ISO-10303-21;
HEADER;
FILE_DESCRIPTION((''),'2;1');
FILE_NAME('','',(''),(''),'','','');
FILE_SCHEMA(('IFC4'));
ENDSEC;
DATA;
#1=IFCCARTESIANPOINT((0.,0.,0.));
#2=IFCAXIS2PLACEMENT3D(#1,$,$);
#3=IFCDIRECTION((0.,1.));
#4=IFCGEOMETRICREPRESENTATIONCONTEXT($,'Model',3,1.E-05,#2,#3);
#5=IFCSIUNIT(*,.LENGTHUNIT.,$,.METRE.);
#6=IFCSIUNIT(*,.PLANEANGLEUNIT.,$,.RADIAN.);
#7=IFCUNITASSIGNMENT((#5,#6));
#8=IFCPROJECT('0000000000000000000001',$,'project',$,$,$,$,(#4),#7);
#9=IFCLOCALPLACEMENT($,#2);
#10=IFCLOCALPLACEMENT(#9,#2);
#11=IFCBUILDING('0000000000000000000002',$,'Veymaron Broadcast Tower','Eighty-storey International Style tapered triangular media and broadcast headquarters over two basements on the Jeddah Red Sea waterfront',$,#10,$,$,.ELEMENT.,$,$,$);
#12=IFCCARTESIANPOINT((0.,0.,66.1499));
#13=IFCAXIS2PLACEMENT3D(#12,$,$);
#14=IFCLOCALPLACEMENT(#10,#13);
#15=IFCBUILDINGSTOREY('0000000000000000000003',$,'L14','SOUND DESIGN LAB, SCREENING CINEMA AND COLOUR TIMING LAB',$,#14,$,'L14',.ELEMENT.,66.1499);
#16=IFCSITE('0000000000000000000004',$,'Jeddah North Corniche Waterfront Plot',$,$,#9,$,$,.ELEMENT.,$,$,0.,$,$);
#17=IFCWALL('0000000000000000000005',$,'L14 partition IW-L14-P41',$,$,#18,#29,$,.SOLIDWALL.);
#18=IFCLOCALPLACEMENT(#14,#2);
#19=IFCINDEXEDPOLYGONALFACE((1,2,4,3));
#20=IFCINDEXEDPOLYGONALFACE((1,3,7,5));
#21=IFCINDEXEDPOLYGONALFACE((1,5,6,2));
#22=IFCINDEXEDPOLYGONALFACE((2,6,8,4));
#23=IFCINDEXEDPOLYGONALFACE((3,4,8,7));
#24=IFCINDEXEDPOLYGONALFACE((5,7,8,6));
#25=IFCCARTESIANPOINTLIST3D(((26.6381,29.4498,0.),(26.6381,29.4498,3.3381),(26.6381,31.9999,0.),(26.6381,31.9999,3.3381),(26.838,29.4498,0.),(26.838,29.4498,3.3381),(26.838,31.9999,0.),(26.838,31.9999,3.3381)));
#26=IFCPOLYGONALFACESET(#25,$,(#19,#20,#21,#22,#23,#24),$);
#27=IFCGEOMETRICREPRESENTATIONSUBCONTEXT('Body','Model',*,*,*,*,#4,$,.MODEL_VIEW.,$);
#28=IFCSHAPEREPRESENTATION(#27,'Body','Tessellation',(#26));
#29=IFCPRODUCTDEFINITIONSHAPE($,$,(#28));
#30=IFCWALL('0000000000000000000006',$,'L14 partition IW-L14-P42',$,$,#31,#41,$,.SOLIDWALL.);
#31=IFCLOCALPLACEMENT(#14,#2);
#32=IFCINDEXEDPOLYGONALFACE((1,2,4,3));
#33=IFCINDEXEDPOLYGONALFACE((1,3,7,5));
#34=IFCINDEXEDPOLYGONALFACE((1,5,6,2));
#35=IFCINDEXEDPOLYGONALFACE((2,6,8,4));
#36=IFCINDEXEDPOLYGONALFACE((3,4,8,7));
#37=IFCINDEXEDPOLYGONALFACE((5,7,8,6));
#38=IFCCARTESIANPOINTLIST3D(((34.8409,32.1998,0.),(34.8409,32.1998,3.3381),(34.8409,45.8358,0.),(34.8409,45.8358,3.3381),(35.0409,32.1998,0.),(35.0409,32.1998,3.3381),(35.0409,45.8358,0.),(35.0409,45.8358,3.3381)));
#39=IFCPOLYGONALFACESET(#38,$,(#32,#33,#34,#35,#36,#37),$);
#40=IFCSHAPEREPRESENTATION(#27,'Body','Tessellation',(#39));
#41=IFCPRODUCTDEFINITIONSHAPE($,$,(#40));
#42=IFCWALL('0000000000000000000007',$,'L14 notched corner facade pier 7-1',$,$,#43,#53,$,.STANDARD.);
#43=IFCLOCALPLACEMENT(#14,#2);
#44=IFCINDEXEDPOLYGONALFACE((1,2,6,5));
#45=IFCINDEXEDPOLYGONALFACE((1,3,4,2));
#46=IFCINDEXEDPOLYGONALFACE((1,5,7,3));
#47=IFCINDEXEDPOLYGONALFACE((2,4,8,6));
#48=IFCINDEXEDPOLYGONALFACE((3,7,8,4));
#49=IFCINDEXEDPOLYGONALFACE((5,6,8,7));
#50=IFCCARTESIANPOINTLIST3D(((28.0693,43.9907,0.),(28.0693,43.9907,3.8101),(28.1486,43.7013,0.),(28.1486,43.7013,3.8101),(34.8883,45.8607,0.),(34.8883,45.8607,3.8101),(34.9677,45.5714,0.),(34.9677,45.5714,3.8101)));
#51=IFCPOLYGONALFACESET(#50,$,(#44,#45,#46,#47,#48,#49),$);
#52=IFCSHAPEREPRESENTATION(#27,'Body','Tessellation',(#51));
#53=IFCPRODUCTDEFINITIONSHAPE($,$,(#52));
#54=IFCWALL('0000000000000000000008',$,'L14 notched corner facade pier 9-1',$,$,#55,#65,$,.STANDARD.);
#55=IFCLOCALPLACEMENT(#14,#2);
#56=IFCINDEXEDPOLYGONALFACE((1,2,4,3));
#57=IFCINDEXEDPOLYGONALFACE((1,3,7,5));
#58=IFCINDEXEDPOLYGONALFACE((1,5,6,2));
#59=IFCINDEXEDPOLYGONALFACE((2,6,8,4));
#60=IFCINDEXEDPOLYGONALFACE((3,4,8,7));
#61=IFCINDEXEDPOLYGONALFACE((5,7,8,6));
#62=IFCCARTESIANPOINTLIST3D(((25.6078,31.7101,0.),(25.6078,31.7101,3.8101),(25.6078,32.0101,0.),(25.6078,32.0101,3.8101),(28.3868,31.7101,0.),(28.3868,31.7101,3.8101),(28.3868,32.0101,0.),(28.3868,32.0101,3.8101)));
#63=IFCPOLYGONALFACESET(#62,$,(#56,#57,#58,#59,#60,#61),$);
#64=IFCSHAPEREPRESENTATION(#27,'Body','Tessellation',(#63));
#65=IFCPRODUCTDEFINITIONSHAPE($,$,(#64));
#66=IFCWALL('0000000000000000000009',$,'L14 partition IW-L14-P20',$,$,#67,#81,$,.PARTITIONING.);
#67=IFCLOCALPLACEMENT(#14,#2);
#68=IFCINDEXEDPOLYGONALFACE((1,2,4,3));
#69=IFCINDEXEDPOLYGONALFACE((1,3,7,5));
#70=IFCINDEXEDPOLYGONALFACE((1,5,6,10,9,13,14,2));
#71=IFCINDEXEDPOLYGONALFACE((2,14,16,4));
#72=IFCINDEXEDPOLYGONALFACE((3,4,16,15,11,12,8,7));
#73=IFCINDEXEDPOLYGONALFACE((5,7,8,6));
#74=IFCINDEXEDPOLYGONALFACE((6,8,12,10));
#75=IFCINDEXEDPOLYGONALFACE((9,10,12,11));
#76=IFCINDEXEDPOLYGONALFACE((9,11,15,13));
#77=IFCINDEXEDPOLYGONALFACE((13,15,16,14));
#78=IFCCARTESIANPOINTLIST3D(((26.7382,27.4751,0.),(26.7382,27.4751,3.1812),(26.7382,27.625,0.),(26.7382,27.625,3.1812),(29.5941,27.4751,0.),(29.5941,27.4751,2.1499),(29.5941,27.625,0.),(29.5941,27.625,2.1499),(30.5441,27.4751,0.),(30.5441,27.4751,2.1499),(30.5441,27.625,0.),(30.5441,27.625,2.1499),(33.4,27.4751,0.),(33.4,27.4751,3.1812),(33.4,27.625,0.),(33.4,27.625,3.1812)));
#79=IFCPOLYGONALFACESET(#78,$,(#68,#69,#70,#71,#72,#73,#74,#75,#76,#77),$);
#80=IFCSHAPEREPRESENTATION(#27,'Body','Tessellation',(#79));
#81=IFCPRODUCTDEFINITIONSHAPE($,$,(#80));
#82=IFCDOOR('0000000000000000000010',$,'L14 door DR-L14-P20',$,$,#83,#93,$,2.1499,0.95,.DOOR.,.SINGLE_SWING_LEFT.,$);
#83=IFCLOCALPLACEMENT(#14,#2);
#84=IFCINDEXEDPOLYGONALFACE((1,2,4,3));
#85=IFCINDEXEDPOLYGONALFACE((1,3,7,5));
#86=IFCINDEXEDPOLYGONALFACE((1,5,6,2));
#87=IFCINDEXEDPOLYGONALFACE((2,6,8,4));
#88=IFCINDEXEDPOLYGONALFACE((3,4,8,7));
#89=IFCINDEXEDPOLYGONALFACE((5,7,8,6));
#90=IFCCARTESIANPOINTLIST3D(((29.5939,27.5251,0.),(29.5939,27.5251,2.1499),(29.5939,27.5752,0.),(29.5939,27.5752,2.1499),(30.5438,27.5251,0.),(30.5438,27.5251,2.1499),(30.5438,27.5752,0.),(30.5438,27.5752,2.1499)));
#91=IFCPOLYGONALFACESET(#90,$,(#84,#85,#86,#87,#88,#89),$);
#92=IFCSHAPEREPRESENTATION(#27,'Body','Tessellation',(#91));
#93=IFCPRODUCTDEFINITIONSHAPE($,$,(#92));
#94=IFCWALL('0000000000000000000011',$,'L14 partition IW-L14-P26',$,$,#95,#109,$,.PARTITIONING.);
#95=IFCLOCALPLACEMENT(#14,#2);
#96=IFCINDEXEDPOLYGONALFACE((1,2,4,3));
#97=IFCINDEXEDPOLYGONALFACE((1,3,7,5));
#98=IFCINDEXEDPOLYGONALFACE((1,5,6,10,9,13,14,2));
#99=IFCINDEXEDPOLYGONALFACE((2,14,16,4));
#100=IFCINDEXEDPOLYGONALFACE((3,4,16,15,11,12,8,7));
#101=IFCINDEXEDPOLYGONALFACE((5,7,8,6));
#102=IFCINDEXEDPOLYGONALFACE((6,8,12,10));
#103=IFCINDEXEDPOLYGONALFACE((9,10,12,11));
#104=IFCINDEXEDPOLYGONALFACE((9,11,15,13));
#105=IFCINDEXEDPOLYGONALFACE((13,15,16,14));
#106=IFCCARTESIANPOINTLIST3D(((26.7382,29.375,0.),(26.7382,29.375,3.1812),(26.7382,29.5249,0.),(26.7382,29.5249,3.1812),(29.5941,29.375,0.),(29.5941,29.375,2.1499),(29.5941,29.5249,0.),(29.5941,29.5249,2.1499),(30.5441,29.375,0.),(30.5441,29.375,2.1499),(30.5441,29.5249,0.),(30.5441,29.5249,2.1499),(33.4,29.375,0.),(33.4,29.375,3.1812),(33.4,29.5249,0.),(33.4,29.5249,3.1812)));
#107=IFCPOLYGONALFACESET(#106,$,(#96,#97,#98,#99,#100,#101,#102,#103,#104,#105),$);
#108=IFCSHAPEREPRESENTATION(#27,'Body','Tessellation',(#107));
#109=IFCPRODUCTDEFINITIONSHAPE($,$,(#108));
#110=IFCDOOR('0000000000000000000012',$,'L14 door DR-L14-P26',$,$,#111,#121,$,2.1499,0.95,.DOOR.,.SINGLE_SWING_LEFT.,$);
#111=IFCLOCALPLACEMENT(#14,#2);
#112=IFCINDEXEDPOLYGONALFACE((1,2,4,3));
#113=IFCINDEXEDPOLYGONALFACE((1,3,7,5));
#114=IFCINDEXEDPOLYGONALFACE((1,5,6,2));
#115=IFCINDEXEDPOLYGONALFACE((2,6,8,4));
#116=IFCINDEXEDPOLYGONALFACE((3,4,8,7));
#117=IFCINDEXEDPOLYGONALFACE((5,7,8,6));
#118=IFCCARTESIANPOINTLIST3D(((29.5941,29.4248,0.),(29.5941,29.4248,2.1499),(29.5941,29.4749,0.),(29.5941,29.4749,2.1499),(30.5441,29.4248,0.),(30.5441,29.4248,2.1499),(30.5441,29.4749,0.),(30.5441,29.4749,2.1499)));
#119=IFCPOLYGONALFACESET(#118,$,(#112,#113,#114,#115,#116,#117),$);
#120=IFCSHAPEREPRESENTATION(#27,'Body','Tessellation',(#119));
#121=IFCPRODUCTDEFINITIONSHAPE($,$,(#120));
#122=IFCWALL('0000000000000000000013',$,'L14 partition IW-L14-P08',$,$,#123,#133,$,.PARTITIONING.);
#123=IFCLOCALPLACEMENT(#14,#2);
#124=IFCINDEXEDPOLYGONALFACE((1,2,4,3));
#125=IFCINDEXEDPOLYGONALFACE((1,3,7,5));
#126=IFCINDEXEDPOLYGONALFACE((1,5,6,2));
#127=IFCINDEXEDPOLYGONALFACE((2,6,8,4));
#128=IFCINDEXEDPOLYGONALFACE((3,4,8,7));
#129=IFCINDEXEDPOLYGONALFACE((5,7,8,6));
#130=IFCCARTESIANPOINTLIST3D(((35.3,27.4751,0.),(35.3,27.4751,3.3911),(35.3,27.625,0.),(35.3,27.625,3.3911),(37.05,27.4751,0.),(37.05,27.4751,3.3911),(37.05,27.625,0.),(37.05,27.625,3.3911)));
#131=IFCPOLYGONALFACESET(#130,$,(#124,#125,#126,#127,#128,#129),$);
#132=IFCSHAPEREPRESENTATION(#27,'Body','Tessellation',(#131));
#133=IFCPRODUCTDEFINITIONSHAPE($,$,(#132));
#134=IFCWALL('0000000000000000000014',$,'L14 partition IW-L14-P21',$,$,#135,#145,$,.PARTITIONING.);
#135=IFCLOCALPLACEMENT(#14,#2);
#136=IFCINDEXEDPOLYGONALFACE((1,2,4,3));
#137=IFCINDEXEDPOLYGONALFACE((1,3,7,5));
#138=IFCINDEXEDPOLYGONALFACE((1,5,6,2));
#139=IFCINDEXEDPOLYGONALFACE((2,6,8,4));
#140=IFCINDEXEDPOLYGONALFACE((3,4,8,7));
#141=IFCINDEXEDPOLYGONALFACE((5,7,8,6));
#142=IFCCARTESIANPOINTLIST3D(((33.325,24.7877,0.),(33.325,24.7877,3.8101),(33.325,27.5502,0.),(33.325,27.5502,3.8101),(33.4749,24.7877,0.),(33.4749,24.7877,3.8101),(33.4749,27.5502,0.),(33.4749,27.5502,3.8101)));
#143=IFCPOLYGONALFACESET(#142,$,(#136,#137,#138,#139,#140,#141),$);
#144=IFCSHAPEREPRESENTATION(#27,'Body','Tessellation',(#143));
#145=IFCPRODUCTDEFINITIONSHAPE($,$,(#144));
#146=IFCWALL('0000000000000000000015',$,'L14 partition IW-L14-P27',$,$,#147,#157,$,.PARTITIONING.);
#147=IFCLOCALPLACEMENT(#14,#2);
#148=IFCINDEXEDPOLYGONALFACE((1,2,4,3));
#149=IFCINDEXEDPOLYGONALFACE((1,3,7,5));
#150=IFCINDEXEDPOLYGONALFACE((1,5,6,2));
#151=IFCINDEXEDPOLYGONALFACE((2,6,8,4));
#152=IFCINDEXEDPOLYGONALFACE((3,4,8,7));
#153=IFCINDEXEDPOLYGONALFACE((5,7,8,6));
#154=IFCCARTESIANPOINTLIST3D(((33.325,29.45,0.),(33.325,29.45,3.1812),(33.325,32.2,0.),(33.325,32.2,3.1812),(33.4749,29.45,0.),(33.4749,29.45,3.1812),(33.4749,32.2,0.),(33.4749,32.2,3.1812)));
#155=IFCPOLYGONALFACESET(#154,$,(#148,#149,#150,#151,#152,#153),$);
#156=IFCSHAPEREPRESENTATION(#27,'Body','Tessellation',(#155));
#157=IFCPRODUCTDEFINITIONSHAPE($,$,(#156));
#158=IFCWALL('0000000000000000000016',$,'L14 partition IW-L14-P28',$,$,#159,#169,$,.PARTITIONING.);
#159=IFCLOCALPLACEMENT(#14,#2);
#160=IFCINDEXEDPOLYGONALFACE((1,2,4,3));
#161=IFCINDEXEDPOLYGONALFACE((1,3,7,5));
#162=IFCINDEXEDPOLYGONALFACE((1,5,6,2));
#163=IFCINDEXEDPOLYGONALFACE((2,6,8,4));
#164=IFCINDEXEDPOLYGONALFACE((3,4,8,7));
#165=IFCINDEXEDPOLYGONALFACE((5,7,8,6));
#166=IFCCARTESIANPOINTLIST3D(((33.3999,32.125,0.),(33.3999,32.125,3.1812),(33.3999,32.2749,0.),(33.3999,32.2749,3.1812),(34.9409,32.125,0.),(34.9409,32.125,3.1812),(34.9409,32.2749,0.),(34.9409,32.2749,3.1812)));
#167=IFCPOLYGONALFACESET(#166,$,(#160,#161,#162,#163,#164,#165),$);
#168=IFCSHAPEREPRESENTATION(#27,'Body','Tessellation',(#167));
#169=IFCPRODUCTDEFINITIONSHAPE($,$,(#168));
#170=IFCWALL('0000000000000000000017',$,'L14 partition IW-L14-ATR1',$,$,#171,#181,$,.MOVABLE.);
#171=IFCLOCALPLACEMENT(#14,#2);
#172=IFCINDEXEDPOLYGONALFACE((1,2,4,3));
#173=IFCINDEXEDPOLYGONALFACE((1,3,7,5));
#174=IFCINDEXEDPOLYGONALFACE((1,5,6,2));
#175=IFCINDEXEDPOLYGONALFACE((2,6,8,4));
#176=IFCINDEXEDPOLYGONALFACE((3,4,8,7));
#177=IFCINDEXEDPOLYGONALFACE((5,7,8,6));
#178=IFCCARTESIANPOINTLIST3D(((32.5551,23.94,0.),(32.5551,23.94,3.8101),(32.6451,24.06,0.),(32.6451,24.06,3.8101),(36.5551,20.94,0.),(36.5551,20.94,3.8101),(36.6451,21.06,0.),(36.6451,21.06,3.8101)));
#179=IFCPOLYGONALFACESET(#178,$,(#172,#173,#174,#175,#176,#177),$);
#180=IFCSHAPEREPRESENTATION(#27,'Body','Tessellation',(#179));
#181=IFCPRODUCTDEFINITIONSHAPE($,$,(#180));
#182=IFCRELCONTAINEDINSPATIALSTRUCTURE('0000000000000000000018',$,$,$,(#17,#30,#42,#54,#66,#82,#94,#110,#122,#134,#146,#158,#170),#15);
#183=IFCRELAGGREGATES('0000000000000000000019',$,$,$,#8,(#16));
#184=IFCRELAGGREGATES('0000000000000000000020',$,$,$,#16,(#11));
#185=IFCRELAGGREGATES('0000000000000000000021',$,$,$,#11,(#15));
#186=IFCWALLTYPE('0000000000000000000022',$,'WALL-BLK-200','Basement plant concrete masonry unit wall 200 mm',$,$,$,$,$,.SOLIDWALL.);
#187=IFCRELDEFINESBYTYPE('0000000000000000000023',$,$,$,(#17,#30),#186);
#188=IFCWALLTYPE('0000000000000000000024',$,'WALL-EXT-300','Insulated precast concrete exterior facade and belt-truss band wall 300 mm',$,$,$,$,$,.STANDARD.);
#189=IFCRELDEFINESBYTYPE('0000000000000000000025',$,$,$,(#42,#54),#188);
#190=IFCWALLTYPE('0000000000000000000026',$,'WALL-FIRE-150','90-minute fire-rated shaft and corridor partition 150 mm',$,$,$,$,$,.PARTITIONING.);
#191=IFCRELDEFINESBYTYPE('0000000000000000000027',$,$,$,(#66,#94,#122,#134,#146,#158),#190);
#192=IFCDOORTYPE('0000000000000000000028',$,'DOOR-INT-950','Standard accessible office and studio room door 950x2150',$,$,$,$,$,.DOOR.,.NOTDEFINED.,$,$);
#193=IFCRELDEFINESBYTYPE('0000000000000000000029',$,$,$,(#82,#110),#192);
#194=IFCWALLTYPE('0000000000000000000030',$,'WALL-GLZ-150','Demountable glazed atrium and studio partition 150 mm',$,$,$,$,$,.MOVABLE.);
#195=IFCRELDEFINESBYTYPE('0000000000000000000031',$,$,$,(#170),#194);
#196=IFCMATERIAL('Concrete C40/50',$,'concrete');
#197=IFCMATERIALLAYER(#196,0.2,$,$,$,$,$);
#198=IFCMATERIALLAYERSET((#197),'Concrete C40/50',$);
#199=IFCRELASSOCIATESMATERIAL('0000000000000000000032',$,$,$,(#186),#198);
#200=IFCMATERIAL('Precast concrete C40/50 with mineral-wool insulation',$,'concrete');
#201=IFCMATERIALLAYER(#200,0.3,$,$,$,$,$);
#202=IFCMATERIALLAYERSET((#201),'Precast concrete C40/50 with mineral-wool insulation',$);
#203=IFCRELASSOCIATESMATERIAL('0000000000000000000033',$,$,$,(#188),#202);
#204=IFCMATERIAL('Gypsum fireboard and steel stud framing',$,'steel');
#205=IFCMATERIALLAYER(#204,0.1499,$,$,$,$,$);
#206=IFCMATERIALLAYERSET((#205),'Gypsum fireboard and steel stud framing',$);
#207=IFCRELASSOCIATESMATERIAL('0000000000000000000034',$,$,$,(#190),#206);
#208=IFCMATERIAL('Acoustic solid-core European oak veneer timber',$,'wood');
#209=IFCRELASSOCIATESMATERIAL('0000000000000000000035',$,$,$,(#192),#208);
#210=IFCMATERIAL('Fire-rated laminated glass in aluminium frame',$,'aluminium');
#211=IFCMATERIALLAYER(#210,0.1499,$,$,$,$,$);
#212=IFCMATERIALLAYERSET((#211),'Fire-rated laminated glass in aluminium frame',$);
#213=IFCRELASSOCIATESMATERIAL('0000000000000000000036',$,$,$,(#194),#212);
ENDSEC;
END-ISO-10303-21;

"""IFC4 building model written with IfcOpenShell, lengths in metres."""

from ifc_helpers import new_model, si_unit, direction, frame, frame_2d, origin, place, context, subcontext, project, spatial, rectangle, extrude, material, layer, layer_set, type_object, element, fill, save


model = new_model("IFC4")

# Units and contexts
model_context = context("Model", 3, precision=1e-05, world=origin(), true_north=direction((0.0, 1.0)))
body_context = subcontext(model_context, "Body", "Model", "MODEL_VIEW")
ifc_project = project(units=[si_unit("LENGTHUNIT", "METRE"), si_unit("PLANEANGLEUNIT", "RADIAN")], contexts=[model_context])

# Site, building, storey
site_placement = place(None, origin())
site = spatial("IfcSite", under=ifc_project, at=site_placement, Name="Jeddah North Corniche Waterfront Plot", CompositionType="ELEMENT", RefElevation=0.0)
building_placement = place(site_placement, origin())
building = spatial("IfcBuilding", under=site, at=building_placement, Name="Veymaron Broadcast Tower", Description="Eighty-storey International Style tapered triangular media and broadcast headquarters over two basements on the Jeddah Red Sea waterfront", CompositionType="ELEMENT")
storey_placement = place(building_placement, frame((0.0, 0.0, 66.1499)))
storey = spatial("IfcBuildingStorey", under=building, at=storey_placement, Name="L14", Description="SOUND DESIGN LAB, SCREENING CINEMA AND COLOUR TIMING LAB", LongName="L14", CompositionType="ELEMENT", Elevation=66.1499)

# Walls
ifc_material_1 = material(Name="Concrete C40/50", Category="concrete")
ifc_layer_1 = layer(ifc_material_1, 0.2)
ifc_layer_set_1 = layer_set([ifc_layer_1], Name="Concrete C40/50")
wall_type_1 = type_object("IfcWallType", Name="WALL-BLK-200", Description="Basement plant concrete masonry unit wall 200 mm", PredefinedType="SOLIDWALL", material=ifc_layer_set_1)
wall_1_placement = place(storey_placement, frame((26.738, 29.45, 0.0), z_axis=(0.0, 0.0, 1.0), x_axis=(0.0, 1.0, 0.0)))
element("IfcWall", 1, at=wall_1_placement, inside=storey, type_object=wall_type_1, Name="L14 partition IW-L14-P41", PredefinedType="SOLIDWALL", context=body_context, shape_type="SweptSolid", body=[
    extrude(rectangle(XDim=2.55, YDim=0.2, at=frame_2d((1.2749, 0.0))), origin(), (0.0, 0.0, 1.0), 3.3381),
])
wall_2_placement = place(storey_placement, frame((34.9409, 32.2, 0.0), z_axis=(0.0, 0.0, 1.0), x_axis=(0.0, 1.0, 0.0)))
element("IfcWall", 2, at=wall_2_placement, inside=storey, type_object=wall_type_1, Name="L14 partition IW-L14-P42", PredefinedType="SOLIDWALL", context=body_context, shape_type="SweptSolid", body=[
    extrude(rectangle(XDim=13.636, YDim=0.2, at=frame_2d((6.8179, 0.0))), origin(), (0.0, 0.0, 1.0), 3.3381),
])
ifc_material_2 = material(Name="Precast concrete C40/50 with mineral-wool insulation", Category="concrete")
ifc_layer_2 = layer(ifc_material_2, 0.3)
ifc_layer_set_2 = layer_set([ifc_layer_2], Name="Precast concrete C40/50 with mineral-wool insulation")
wall_type_2 = type_object("IfcWallType", Name="WALL-EXT-300", Description="Insulated precast concrete exterior facade and belt-truss band wall 300 mm", PredefinedType="STANDARD", material=ifc_layer_set_2)
wall_3_placement = place(storey_placement, frame((34.928, 45.7161, 0.0), z_axis=(0.0, 0.0, 1.0), x_axis=(-0.964391, -0.264482, 0.0)))
element("IfcWall", 3, at=wall_3_placement, inside=storey, type_object=wall_type_2, Name="L14 notched corner facade pier 7-1", PredefinedType="STANDARD", context=body_context, shape_type="SweptSolid", body=[
    extrude(rectangle(XDim=7.0708, YDim=0.3, at=frame_2d((3.5354, 0.0))), origin(), (0.0, 0.0, 1.0), 3.8101),
])
wall_4_placement = place(storey_placement, frame((28.387, 31.8601, 0.0), z_axis=(0.0, 0.0, 1.0), x_axis=(-1.0, 0.0, 0.0)))
element("IfcWall", 4, at=wall_4_placement, inside=storey, type_object=wall_type_2, Name="L14 notched corner facade pier 9-1", PredefinedType="STANDARD", context=body_context, shape_type="SweptSolid", body=[
    extrude(rectangle(XDim=2.7791, YDim=0.3, at=frame_2d((1.3896, 0.0))), origin(), (0.0, 0.0, 1.0), 3.8101),
])

# Walls, openings, doors
ifc_material_3 = material(Name="Gypsum fireboard and steel stud framing", Category="steel")
ifc_layer_3 = layer(ifc_material_3, 0.1499)
ifc_layer_set_3 = layer_set([ifc_layer_3], Name="Gypsum fireboard and steel stud framing")
wall_type_3 = type_object("IfcWallType", Name="WALL-FIRE-150", Description="90-minute fire-rated shaft and corridor partition 150 mm", PredefinedType="PARTITIONING", material=ifc_layer_set_3)
wall_5_placement = place(storey_placement, frame((26.738, 27.55, 0.0), z_axis=(0.0, 0.0, 1.0), x_axis=(1.0, 0.0, 0.0)))
wall_5 = element("IfcWall", 5, at=wall_5_placement, inside=storey, type_object=wall_type_3, Name="L14 partition IW-L14-P20", PredefinedType="PARTITIONING", context=body_context, shape_type="SweptSolid", body=[
    extrude(rectangle(XDim=6.6619, YDim=0.1499, at=frame_2d((3.3311, 0.0))), origin(), (0.0, 0.0, 1.0), 3.1812),
])
opening_1_placement = place(wall_5_placement, frame((2.856, 0.0, 0.0)))
opening_1 = element("IfcOpeningElement", 6, at=opening_1_placement, cuts=wall_5, PredefinedType="OPENING", context=body_context, shape_type="SweptSolid", body=[
    extrude(rectangle(XDim=0.95, YDim=2.1499, at=frame_2d((0.4751, 1.075))), frame((0.0, 0.085, 0.0), z_axis=(0.0, -1.0, 0.0), x_axis=(1.0, 0.0, 0.0)), (0.0, 0.0, 1.0), 0.1699),
])
ifc_material_4 = material(Name="Acoustic solid-core European oak veneer timber", Category="wood")
door_type = type_object("IfcDoorType", Name="DOOR-INT-950", Description="Standard accessible office and studio room door 950x2150", OperationType="NOTDEFINED", PredefinedType="DOOR", material=ifc_material_4)
door_1_placement = place(opening_1_placement, frame((0.95, 0.0, 0.0), z_axis=(0.0, 0.0, 1.0), x_axis=(-1.0, 0.0, 0.0)))
door_1 = element("IfcDoor", 7, at=door_1_placement, inside=storey, type_object=door_type, Name="L14 door DR-L14-P20", OperationType="SINGLE_SWING_LEFT", OverallHeight=2.1499, OverallWidth=0.95, PredefinedType="DOOR", context=body_context, shape_type="SweptSolid", body=[
    extrude(rectangle(XDim=0.95, YDim=2.1499, at=frame_2d((0.4751, 1.075))), frame((0.0, 0.0249, 0.0), z_axis=(0.0, -1.0, 0.0), x_axis=(1.0, 0.0, 0.0)), (0.0, 0.0, 1.0), 0.05),
])
fill(opening_1, door_1)
wall_6_placement = place(storey_placement, frame((26.738, 29.45, 0.0), z_axis=(0.0, 0.0, 1.0), x_axis=(1.0, 0.0, 0.0)))
wall_6 = element("IfcWall", 8, at=wall_6_placement, inside=storey, type_object=wall_type_3, Name="L14 partition IW-L14-P26", PredefinedType="PARTITIONING", context=body_context, shape_type="SweptSolid", body=[
    extrude(rectangle(XDim=6.6619, YDim=0.1499, at=frame_2d((3.3311, 0.0))), origin(), (0.0, 0.0, 1.0), 3.1812),
])
opening_2_placement = place(wall_6_placement, frame((2.856, 0.0, 0.0)))
opening_2 = element("IfcOpeningElement", 9, at=opening_2_placement, cuts=wall_6, PredefinedType="OPENING", context=body_context, shape_type="SweptSolid", body=[
    extrude(rectangle(XDim=0.95, YDim=2.1499, at=frame_2d((0.4751, 1.075))), frame((0.0, 0.085, 0.0), z_axis=(0.0, -1.0, 0.0), x_axis=(1.0, 0.0, 0.0)), (0.0, 0.0, 1.0), 0.1699),
])
door_2_placement = place(opening_2_placement, origin())
door_2 = element("IfcDoor", 10, at=door_2_placement, inside=storey, type_object=door_type, Name="L14 door DR-L14-P26", OperationType="SINGLE_SWING_LEFT", OverallHeight=2.1499, OverallWidth=0.95, PredefinedType="DOOR", context=body_context, shape_type="SweptSolid", body=[
    extrude(rectangle(XDim=0.95, YDim=2.1499, at=frame_2d((0.4751, 1.075))), frame((0.0, 0.0249, 0.0), z_axis=(0.0, -1.0, 0.0), x_axis=(1.0, 0.0, 0.0)), (0.0, 0.0, 1.0), 0.05),
])
fill(opening_2, door_2)

# Walls
wall_7_placement = place(storey_placement, frame((35.3, 27.55, 0.0), z_axis=(0.0, 0.0, 1.0), x_axis=(1.0, 0.0, 0.0)))
element("IfcWall", 11, at=wall_7_placement, inside=storey, type_object=wall_type_3, Name="L14 partition IW-L14-P08", PredefinedType="PARTITIONING", context=body_context, shape_type="SweptSolid", body=[
    extrude(rectangle(XDim=1.75, YDim=0.1499, at=frame_2d((0.875, 0.0))), origin(), (0.0, 0.0, 1.0), 3.3911),
])
wall_8_placement = place(storey_placement, frame((33.3999, 24.7876, 0.0), z_axis=(0.0, 0.0, 1.0), x_axis=(0.0, 1.0, 0.0)))
element("IfcWall", 12, at=wall_8_placement, inside=storey, type_object=wall_type_3, Name="L14 partition IW-L14-P21", PredefinedType="PARTITIONING", context=body_context, shape_type="SweptSolid", body=[
    extrude(rectangle(XDim=2.7625, YDim=0.1499, at=frame_2d((1.3813, 0.0))), origin(), (0.0, 0.0, 1.0), 3.8101),
])
wall_9_placement = place(storey_placement, frame((33.3999, 29.45, 0.0), z_axis=(0.0, 0.0, 1.0), x_axis=(0.0, 1.0, 0.0)))
element("IfcWall", 13, at=wall_9_placement, inside=storey, type_object=wall_type_3, Name="L14 partition IW-L14-P27", PredefinedType="PARTITIONING", context=body_context, shape_type="SweptSolid", body=[
    extrude(rectangle(XDim=2.75, YDim=0.1499, at=frame_2d((1.375, 0.0))), origin(), (0.0, 0.0, 1.0), 3.1812),
])
wall_10_placement = place(storey_placement, frame((33.3999, 32.2, 0.0), z_axis=(0.0, 0.0, 1.0), x_axis=(1.0, 0.0, 0.0)))
element("IfcWall", 14, at=wall_10_placement, inside=storey, type_object=wall_type_3, Name="L14 partition IW-L14-P28", PredefinedType="PARTITIONING", context=body_context, shape_type="SweptSolid", body=[
    extrude(rectangle(XDim=1.541, YDim=0.1499, at=frame_2d((0.7705, 0.0))), origin(), (0.0, 0.0, 1.0), 3.1812),
])
ifc_material_5 = material(Name="Fire-rated laminated glass in aluminium frame", Category="aluminium")
ifc_layer_4 = layer(ifc_material_5, 0.1499)
ifc_layer_set_4 = layer_set([ifc_layer_4], Name="Fire-rated laminated glass in aluminium frame")
wall_type_4 = type_object("IfcWallType", Name="WALL-GLZ-150", Description="Demountable glazed atrium and studio partition 150 mm", PredefinedType="MOVABLE", material=ifc_layer_set_4)
wall_11_placement = place(storey_placement, frame((32.6001, 24.0, 0.0), z_axis=(0.0, 0.0, 1.0), x_axis=(0.8, -0.6, 0.0)))
element("IfcWall", 15, at=wall_11_placement, inside=storey, type_object=wall_type_4, Name="L14 partition IW-L14-ATR1", PredefinedType="MOVABLE", context=body_context, shape_type="SweptSolid", body=[
    extrude(rectangle(XDim=5.0, YDim=0.1499, at=frame_2d((2.5, 0.0))), origin(), (0.0, 0.0, 1.0), 3.8101),
])

save(model, "model.ifc")
